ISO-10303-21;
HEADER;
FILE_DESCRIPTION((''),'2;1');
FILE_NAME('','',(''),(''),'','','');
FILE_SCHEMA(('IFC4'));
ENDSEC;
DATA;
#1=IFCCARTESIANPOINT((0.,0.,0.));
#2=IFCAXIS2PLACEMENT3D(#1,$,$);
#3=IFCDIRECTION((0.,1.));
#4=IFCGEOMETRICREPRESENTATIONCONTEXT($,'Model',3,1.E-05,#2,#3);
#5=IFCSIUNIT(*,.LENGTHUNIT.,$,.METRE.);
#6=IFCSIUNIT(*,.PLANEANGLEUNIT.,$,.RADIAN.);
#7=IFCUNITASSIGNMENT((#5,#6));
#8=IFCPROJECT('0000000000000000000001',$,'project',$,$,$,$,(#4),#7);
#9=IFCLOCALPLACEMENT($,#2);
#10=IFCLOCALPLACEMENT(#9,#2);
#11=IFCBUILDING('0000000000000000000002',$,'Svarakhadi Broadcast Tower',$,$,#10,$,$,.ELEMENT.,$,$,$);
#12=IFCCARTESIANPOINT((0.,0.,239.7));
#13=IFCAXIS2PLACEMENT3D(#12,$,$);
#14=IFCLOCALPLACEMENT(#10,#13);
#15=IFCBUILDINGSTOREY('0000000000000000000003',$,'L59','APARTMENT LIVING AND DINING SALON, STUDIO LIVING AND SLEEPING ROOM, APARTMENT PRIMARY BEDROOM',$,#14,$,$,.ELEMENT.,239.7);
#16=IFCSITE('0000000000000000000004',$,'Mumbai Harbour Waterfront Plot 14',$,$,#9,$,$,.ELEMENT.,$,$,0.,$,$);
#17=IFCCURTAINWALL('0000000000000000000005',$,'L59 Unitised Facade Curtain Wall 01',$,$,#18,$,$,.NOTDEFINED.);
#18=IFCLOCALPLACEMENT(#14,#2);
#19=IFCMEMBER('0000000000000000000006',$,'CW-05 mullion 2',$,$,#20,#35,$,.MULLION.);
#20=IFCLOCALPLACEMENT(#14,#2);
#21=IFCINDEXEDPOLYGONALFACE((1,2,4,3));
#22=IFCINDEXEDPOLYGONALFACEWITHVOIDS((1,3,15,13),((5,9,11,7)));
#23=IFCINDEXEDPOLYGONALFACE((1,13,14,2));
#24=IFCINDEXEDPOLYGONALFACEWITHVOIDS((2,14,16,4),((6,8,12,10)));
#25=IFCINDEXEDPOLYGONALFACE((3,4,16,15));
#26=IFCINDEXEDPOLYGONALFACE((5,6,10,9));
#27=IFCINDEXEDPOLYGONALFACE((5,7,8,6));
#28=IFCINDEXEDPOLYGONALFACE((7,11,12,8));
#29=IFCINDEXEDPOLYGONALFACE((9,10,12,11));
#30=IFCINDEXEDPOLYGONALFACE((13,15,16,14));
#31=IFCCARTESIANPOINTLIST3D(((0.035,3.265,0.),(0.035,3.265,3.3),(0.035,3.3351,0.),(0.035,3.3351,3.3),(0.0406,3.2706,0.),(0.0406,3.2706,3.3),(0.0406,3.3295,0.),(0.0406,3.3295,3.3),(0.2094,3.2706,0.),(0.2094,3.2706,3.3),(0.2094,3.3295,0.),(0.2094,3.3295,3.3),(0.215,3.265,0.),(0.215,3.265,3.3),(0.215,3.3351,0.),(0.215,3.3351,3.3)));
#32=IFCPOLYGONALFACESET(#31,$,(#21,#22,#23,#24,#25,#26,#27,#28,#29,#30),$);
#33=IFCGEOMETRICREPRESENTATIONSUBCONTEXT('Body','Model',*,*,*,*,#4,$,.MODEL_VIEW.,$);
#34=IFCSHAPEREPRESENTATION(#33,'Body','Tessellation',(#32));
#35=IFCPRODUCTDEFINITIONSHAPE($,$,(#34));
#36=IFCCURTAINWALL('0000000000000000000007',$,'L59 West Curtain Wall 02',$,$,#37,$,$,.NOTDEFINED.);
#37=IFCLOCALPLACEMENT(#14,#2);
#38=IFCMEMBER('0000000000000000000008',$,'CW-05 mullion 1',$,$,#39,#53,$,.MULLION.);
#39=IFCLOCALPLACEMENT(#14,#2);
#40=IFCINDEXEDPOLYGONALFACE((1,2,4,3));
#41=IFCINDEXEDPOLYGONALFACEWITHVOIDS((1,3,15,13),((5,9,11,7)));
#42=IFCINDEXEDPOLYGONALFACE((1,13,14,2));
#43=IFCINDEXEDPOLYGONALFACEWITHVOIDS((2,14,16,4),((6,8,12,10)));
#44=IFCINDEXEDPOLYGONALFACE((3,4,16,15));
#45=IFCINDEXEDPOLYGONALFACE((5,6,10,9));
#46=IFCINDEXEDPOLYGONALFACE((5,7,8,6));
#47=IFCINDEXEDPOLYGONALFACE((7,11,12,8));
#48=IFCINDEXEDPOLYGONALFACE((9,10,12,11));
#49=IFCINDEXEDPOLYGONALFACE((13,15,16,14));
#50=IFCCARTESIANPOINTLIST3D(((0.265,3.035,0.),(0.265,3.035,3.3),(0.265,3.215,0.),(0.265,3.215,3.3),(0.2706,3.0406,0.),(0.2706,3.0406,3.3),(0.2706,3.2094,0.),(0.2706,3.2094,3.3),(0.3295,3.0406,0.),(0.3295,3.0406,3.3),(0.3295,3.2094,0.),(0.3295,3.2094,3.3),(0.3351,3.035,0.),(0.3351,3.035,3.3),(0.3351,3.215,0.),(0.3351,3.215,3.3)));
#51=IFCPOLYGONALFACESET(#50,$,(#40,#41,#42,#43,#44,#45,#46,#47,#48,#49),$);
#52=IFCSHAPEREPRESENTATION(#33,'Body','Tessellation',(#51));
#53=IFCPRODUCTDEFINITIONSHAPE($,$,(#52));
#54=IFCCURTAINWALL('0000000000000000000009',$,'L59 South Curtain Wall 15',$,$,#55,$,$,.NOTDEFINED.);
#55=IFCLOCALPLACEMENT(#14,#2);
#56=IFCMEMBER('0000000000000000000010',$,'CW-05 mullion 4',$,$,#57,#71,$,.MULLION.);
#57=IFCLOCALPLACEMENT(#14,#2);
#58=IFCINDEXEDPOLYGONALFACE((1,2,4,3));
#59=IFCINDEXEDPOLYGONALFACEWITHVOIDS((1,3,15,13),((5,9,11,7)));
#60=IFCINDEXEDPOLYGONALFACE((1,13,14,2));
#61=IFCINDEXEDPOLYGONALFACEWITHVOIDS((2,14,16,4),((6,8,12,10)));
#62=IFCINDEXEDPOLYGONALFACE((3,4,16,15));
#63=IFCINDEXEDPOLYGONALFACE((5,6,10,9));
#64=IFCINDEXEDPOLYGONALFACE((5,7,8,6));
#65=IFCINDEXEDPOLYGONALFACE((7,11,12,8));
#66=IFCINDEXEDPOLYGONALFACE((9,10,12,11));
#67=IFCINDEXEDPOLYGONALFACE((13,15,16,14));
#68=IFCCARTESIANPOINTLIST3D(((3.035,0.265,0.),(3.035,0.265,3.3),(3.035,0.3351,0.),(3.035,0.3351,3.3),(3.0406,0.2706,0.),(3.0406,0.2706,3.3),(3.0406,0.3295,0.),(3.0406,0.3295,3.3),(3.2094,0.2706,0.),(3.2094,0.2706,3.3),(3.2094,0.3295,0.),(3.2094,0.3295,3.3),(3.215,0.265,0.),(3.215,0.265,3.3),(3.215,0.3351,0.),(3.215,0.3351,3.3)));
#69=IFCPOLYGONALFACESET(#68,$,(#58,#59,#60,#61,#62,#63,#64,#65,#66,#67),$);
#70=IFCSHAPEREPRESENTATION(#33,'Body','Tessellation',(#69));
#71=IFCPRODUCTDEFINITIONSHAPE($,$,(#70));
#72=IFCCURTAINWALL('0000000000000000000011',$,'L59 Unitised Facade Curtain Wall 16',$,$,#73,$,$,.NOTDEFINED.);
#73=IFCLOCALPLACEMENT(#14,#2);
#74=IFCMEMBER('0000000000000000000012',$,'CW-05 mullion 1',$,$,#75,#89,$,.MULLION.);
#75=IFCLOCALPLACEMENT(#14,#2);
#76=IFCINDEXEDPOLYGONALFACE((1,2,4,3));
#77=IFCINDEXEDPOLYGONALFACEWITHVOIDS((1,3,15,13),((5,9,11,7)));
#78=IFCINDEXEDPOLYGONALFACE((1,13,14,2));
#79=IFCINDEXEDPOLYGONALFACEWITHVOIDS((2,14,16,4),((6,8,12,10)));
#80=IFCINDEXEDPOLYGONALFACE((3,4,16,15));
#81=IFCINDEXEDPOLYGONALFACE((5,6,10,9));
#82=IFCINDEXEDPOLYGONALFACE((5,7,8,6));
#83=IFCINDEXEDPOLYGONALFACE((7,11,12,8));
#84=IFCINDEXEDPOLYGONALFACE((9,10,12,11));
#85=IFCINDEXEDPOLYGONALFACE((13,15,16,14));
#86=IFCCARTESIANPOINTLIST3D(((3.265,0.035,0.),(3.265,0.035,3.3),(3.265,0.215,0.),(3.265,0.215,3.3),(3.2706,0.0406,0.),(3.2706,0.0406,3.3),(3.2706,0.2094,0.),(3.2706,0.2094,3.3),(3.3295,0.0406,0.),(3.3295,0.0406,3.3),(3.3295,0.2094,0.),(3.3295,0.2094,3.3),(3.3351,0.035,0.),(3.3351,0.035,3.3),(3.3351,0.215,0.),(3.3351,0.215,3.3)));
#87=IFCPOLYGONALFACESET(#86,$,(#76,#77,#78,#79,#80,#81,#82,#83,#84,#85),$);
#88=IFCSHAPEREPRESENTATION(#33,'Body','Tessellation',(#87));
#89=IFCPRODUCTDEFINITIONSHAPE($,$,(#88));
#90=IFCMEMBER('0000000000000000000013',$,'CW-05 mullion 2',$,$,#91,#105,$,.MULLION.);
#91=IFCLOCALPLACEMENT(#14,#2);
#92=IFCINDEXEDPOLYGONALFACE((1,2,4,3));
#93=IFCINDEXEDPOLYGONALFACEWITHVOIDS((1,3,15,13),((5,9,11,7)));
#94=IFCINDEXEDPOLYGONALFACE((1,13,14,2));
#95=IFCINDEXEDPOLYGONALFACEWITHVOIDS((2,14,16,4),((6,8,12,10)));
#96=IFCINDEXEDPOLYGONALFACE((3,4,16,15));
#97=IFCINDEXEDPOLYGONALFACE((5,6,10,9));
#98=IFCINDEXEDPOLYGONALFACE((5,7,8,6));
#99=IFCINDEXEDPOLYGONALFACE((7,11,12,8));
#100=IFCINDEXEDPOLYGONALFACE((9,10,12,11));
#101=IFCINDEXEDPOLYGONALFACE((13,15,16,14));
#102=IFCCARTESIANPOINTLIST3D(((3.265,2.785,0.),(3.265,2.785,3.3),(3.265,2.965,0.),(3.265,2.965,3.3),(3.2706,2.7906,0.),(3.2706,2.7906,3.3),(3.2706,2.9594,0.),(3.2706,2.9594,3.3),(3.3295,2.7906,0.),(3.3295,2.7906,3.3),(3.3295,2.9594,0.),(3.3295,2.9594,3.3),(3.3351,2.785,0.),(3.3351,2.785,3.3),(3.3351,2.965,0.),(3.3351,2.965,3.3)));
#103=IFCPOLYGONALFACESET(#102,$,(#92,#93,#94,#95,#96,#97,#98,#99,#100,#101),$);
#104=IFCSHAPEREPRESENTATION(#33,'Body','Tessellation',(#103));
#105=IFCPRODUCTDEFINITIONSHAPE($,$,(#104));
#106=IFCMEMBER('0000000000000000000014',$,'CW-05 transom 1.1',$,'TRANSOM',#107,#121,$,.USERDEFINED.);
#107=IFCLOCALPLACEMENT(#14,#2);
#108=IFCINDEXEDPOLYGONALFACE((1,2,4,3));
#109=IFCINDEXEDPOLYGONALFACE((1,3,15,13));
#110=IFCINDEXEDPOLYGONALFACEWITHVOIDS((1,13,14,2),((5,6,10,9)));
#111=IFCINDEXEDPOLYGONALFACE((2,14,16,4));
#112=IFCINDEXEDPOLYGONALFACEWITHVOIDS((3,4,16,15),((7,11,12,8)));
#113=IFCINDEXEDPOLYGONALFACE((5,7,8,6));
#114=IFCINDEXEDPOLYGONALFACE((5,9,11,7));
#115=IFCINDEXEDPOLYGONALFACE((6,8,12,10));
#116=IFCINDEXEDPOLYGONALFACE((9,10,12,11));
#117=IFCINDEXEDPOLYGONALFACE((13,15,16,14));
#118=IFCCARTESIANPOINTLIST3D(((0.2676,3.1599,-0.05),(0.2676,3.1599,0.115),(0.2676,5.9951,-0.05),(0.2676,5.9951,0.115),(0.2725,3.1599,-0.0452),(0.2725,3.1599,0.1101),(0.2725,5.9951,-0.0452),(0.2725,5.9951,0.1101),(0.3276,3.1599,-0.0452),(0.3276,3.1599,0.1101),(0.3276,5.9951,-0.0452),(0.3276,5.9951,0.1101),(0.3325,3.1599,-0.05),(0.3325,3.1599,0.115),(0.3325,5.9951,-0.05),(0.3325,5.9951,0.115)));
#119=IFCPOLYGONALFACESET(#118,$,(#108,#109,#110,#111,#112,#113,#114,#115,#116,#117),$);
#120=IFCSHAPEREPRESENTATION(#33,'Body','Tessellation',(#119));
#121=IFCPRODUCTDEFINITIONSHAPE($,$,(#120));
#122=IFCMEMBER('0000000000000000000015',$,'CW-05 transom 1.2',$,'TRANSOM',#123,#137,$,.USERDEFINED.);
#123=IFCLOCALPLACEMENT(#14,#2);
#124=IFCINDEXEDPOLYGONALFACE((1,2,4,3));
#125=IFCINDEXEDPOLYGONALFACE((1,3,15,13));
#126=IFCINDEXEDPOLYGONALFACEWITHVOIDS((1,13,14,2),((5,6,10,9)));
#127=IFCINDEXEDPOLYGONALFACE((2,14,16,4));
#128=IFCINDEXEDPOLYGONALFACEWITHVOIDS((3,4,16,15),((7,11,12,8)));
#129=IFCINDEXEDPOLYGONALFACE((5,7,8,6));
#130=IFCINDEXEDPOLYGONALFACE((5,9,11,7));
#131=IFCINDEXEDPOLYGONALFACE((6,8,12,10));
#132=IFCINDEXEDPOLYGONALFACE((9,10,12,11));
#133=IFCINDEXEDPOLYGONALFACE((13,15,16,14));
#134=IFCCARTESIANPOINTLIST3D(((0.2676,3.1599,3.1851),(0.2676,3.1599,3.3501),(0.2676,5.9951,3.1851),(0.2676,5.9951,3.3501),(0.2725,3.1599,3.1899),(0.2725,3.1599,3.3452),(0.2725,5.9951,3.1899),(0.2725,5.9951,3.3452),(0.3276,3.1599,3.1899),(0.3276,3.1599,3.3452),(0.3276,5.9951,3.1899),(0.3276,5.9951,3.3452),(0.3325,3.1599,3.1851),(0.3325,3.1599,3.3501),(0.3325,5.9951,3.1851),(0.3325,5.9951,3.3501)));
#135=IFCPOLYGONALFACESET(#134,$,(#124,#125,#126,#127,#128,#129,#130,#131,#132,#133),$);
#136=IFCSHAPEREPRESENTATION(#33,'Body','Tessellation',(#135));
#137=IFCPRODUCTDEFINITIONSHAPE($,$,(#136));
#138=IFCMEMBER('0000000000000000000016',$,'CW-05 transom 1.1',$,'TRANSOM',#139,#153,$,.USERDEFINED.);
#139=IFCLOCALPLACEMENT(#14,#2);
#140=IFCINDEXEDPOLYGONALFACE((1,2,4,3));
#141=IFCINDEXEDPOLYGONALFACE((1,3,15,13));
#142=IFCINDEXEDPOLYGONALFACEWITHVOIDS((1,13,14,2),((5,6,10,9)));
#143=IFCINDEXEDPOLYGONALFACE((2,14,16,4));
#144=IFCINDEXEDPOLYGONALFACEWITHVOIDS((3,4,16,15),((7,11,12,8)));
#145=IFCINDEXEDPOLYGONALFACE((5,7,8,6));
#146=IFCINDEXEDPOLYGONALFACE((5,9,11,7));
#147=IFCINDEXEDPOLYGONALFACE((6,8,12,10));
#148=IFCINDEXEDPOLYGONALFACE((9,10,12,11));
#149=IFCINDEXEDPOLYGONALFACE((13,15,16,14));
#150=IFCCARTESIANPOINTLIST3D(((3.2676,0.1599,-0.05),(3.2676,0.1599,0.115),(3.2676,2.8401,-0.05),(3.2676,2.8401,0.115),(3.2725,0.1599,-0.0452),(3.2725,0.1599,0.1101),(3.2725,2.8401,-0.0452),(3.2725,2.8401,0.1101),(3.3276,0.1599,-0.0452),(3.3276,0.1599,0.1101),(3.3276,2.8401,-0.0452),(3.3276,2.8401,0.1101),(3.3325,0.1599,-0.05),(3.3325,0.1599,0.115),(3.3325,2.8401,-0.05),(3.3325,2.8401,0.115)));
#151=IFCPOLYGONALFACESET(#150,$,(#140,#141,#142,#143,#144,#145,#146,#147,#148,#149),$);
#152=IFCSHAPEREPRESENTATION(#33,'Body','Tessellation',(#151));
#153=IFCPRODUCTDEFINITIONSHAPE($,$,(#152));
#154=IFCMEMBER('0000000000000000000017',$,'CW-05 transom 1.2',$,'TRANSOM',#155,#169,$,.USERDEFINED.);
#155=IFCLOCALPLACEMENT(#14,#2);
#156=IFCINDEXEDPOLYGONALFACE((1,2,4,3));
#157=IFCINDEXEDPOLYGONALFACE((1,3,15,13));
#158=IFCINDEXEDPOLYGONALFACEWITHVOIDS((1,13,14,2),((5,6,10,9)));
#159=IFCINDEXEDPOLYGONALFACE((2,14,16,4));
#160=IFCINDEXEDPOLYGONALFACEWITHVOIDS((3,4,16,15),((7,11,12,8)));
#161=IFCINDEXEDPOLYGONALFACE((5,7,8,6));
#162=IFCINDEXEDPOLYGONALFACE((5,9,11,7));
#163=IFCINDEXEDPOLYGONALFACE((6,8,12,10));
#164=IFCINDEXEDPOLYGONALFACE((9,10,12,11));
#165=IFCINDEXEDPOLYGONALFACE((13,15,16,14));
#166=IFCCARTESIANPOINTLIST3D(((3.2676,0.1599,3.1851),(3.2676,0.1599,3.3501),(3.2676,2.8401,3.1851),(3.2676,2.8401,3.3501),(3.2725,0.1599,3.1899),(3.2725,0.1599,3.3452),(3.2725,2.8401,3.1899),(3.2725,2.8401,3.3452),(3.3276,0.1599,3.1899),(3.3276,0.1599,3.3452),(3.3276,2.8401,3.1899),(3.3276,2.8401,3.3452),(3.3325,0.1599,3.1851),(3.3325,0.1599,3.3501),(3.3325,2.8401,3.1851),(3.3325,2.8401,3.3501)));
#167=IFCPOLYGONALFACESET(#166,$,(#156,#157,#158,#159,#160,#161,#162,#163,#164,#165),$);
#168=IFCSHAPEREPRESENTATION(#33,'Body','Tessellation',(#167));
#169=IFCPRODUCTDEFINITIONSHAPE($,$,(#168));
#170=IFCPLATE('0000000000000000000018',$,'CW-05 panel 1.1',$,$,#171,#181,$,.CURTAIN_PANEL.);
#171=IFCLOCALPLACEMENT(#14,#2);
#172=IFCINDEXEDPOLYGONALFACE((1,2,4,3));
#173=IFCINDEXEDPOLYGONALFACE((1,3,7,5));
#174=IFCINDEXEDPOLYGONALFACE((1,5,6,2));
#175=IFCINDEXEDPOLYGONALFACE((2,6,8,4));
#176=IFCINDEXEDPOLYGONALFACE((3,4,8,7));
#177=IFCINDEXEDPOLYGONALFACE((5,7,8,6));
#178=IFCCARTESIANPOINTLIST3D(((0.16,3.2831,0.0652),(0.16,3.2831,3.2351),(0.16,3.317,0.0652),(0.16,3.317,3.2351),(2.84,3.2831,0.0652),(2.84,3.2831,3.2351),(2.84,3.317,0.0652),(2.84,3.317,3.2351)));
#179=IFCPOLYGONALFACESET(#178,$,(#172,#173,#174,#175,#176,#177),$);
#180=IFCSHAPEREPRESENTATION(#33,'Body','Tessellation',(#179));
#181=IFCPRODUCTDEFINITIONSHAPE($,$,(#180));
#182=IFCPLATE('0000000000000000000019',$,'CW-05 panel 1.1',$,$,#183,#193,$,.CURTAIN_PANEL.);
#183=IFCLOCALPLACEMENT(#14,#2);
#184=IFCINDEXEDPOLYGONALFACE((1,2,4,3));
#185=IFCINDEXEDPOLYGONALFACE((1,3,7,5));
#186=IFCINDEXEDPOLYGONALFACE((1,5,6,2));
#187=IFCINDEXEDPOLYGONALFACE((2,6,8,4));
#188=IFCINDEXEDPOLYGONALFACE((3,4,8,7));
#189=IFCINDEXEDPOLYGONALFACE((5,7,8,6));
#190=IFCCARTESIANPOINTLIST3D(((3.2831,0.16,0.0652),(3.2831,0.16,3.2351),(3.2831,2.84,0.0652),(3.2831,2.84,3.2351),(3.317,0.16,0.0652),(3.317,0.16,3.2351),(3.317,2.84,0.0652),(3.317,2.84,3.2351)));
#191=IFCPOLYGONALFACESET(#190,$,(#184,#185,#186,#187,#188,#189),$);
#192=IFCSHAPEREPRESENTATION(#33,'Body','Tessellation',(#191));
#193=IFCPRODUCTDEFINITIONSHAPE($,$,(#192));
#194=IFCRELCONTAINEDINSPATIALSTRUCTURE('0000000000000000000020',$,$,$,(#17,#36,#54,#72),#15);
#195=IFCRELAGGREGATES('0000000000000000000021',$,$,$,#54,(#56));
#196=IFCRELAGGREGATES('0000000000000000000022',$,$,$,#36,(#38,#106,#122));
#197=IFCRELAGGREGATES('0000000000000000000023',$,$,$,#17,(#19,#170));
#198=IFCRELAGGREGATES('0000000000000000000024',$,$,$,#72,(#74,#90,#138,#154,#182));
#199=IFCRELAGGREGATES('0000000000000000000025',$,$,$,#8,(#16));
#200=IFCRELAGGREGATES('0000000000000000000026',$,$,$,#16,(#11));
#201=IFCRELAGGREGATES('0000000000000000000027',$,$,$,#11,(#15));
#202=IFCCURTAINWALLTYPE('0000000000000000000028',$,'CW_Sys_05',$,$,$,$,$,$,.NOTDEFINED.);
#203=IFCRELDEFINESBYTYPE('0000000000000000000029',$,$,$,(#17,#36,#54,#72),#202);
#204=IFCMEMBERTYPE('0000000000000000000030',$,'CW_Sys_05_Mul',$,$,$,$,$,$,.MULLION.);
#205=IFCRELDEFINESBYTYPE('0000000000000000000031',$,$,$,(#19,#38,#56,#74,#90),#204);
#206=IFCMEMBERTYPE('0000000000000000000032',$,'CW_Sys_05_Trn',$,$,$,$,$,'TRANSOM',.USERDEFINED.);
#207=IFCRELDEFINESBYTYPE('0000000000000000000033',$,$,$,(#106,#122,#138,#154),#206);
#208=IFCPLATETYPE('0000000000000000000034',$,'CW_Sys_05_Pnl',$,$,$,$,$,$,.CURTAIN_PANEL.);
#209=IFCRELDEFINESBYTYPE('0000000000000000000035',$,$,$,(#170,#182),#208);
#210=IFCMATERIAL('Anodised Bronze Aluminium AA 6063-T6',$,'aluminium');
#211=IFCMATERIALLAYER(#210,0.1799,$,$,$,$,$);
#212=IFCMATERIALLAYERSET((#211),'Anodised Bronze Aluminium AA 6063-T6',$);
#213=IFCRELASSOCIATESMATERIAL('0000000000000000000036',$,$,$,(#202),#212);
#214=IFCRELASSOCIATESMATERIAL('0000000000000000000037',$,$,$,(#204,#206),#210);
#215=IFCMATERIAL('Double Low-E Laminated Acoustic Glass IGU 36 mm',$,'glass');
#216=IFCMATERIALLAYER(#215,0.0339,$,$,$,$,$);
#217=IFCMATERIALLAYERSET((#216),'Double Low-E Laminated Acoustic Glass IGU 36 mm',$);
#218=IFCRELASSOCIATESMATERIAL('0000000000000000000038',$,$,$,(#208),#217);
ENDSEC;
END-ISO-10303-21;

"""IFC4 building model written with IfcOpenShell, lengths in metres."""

from ifc_helpers import new_model, si_unit, direction, frame, origin, origin_2d, place, context, subcontext, project, spatial, rectangle, hollow_rectangle, extrude, material, layer, layer_set, material_profile, profile_set, type_object, element, aggregate, save


model = new_model("IFC4")

# Units and contexts
model_context = context("Model", 3, precision=1e-05, world=origin(), true_north=direction((0.0, 1.0)))
body_context = subcontext(model_context, "Body", "Model", "MODEL_VIEW")
ifc_project = project(units=[si_unit("LENGTHUNIT", "METRE"), si_unit("PLANEANGLEUNIT", "RADIAN")], contexts=[model_context])

# Site, building, storey
site_placement = place(None, origin())
site = spatial("IfcSite", under=ifc_project, at=site_placement, Name="Mumbai Harbour Waterfront Plot 14", CompositionType="ELEMENT", RefElevation=0.0)
building_placement = place(site_placement, origin())
building = spatial("IfcBuilding", under=site, at=building_placement, Name="Svarakhadi Broadcast Tower", CompositionType="ELEMENT")
storey_placement = place(building_placement, frame((0.0, 0.0, 239.7)))
storey = spatial("IfcBuildingStorey", under=building, at=storey_placement, Name="L59", Description="APARTMENT LIVING AND DINING SALON, STUDIO LIVING AND SLEEPING ROOM, APARTMENT PRIMARY BEDROOM", CompositionType="ELEMENT", Elevation=239.7)

# Curtain walls, members
ifc_material_1 = material(Name="Anodised Bronze Aluminium AA 6063-T6", Category="aluminium")
ifc_layer_1 = layer(ifc_material_1, 0.1799)
ifc_layer_set_1 = layer_set([ifc_layer_1], Name="Anodised Bronze Aluminium AA 6063-T6")
curtain_wall_type = type_object("IfcCurtainWallType", Name="CW_Sys_05", PredefinedType="NOTDEFINED", material=ifc_layer_set_1)
curtain_wall_1_placement = place(storey_placement, origin())
curtain_wall_1 = element("IfcCurtainWall", 1, at=curtain_wall_1_placement, inside=storey, type_object=curtain_wall_type, Name="L59 Unitised Facade Curtain Wall 01", PredefinedType="NOTDEFINED")
ifc_material_profile_1 = material_profile(ifc_material_1, hollow_rectangle(XDim=0.0701, YDim=0.1799, WallThickness=0.0056, at=origin_2d()), Name="ALU MULLION 180x70x6")
ifc_profile_set_1 = profile_set([ifc_material_profile_1], Name="Anodised Bronze Aluminium AA 6063-T6")
member_type_1 = type_object("IfcMemberType", Name="CW_Sys_05_Mul", PredefinedType="MULLION", material=ifc_profile_set_1)
member_1_placement = place(storey_placement, frame((0.125, 3.3, 0.0), z_axis=(0.0, 0.0, 1.0), x_axis=(0.0, -1.0, 0.0)))
member_1 = element("IfcMember", 2, at=member_1_placement, type_object=member_type_1, Name="CW-05 mullion 2", PredefinedType="MULLION", context=body_context, shape_type="SweptSolid", body=[
    extrude(hollow_rectangle(XDim=0.0701, YDim=0.1799, WallThickness=0.0056, at=origin_2d()), origin(), (0.0, 0.0, 1.0), 3.3),
])
curtain_wall_2_placement = place(storey_placement, origin())
curtain_wall_2 = element("IfcCurtainWall", 3, at=curtain_wall_2_placement, inside=storey, type_object=curtain_wall_type, Name="L59 West Curtain Wall 02", PredefinedType="NOTDEFINED")
member_2_placement = place(storey_placement, frame((0.3, 3.125, 0.0), z_axis=(0.0, 0.0, 1.0), x_axis=(-1.0, 0.0, 0.0)))
member_2 = element("IfcMember", 4, at=member_2_placement, type_object=member_type_1, Name="CW-05 mullion 1", PredefinedType="MULLION", context=body_context, shape_type="SweptSolid", body=[
    extrude(hollow_rectangle(XDim=0.0701, YDim=0.1799, WallThickness=0.0056, at=origin_2d()), origin(), (0.0, 0.0, 1.0), 3.3),
])
curtain_wall_3_placement = place(storey_placement, origin())
curtain_wall_3 = element("IfcCurtainWall", 5, at=curtain_wall_3_placement, inside=storey, type_object=curtain_wall_type, Name="L59 South Curtain Wall 15", PredefinedType="NOTDEFINED")
member_3_placement = place(storey_placement, frame((3.125, 0.3, 0.0), z_axis=(0.0, 0.0, 1.0), x_axis=(0.0, -1.0, 0.0)))
member_3 = element("IfcMember", 6, at=member_3_placement, type_object=member_type_1, Name="CW-05 mullion 4", PredefinedType="MULLION", context=body_context, shape_type="SweptSolid", body=[
    extrude(hollow_rectangle(XDim=0.0701, YDim=0.1799, WallThickness=0.0056, at=origin_2d()), origin(), (0.0, 0.0, 1.0), 3.3),
])
aggregate(curtain_wall_3, [member_3])

# Curtain wall, members
curtain_wall_4_placement = place(storey_placement, origin())
curtain_wall_4 = element("IfcCurtainWall", 7, at=curtain_wall_4_placement, inside=storey, type_object=curtain_wall_type, Name="L59 Unitised Facade Curtain Wall 16", PredefinedType="NOTDEFINED")
member_4_placement = place(storey_placement, frame((3.3, 0.125, 0.0), z_axis=(0.0, 0.0, 1.0), x_axis=(-1.0, 0.0, 0.0)))
member_4 = element("IfcMember", 8, at=member_4_placement, type_object=member_type_1, Name="CW-05 mullion 1", PredefinedType="MULLION", context=body_context, shape_type="SweptSolid", body=[
    extrude(hollow_rectangle(XDim=0.0701, YDim=0.1799, WallThickness=0.0056, at=origin_2d()), origin(), (0.0, 0.0, 1.0), 3.3),
])
member_5_placement = place(storey_placement, frame((3.3, 2.875, 0.0), z_axis=(0.0, 0.0, 1.0), x_axis=(-1.0, 0.0, 0.0)))
member_5 = element("IfcMember", 9, at=member_5_placement, type_object=member_type_1, Name="CW-05 mullion 2", PredefinedType="MULLION", context=body_context, shape_type="SweptSolid", body=[
    extrude(hollow_rectangle(XDim=0.0701, YDim=0.1799, WallThickness=0.0056, at=origin_2d()), origin(), (0.0, 0.0, 1.0), 3.3),
])

# Members
ifc_material_profile_2 = material_profile(ifc_material_1, hollow_rectangle(XDim=0.0649, YDim=0.165, WallThickness=0.0049, at=origin_2d()), Name="ALU TRANSOM 165x65x5")
ifc_profile_set_2 = profile_set([ifc_material_profile_2], Name="Anodised Bronze Aluminium AA 6063-T6")
member_type_2 = type_object("IfcMemberType", Name="CW_Sys_05_Trn", ElementType="TRANSOM", PredefinedType="USERDEFINED", material=ifc_profile_set_2)
member_6_placement = place(storey_placement, frame((0.3, 3.1599, 0.0325), z_axis=(0.0, 1.0, 0.0), x_axis=(-1.0, 0.0, 0.0)))
member_6 = element("IfcMember", 10, at=member_6_placement, type_object=member_type_2, Name="CW-05 transom 1.1", ObjectType="TRANSOM", PredefinedType="USERDEFINED", context=body_context, shape_type="SweptSolid", body=[
    extrude(hollow_rectangle(XDim=0.0649, YDim=0.165, WallThickness=0.0049, at=origin_2d()), origin(), (0.0, 0.0, 1.0), 2.8352),
])
member_7_placement = place(storey_placement, frame((0.3, 3.1599, 3.2676), z_axis=(0.0, 1.0, 0.0), x_axis=(-1.0, 0.0, 0.0)))
member_7 = element("IfcMember", 11, at=member_7_placement, type_object=member_type_2, Name="CW-05 transom 1.2", ObjectType="TRANSOM", PredefinedType="USERDEFINED", context=body_context, shape_type="SweptSolid", body=[
    extrude(hollow_rectangle(XDim=0.0649, YDim=0.165, WallThickness=0.0049, at=origin_2d()), origin(), (0.0, 0.0, 1.0), 2.8352),
])
aggregate(curtain_wall_2, [member_2, member_6, member_7])
member_8_placement = place(storey_placement, frame((3.3, 0.1599, 0.0325), z_axis=(0.0, 1.0, 0.0), x_axis=(-1.0, 0.0, 0.0)))
member_8 = element("IfcMember", 12, at=member_8_placement, type_object=member_type_2, Name="CW-05 transom 1.1", ObjectType="TRANSOM", PredefinedType="USERDEFINED", context=body_context, shape_type="SweptSolid", body=[
    extrude(hollow_rectangle(XDim=0.0649, YDim=0.165, WallThickness=0.0049, at=origin_2d()), origin(), (0.0, 0.0, 1.0), 2.6802),
])
member_9_placement = place(storey_placement, frame((3.3, 0.1599, 3.2676), z_axis=(0.0, 1.0, 0.0), x_axis=(-1.0, 0.0, 0.0)))
member_9 = element("IfcMember", 13, at=member_9_placement, type_object=member_type_2, Name="CW-05 transom 1.2", ObjectType="TRANSOM", PredefinedType="USERDEFINED", context=body_context, shape_type="SweptSolid", body=[
    extrude(hollow_rectangle(XDim=0.0649, YDim=0.165, WallThickness=0.0049, at=origin_2d()), origin(), (0.0, 0.0, 1.0), 2.6802),
])

# Plates
ifc_material_2 = material(Name="Double Low-E Laminated Acoustic Glass IGU 36 mm", Category="glass")
ifc_layer_2 = layer(ifc_material_2, 0.0339)
ifc_layer_set_2 = layer_set([ifc_layer_2], Name="Double Low-E Laminated Acoustic Glass IGU 36 mm")
plate_type = type_object("IfcPlateType", Name="CW_Sys_05_Pnl", PredefinedType="CURTAIN_PANEL", material=ifc_layer_set_2)
plate_1_placement = place(storey_placement, frame((1.5, 3.3, 0.0652), z_axis=(0.0, 0.0, 1.0), x_axis=(-1.0, 0.0, 0.0)))
plate_1 = element("IfcPlate", 14, at=plate_1_placement, type_object=plate_type, Name="CW-05 panel 1.1", PredefinedType="CURTAIN_PANEL", context=body_context, shape_type="SweptSolid", body=[
    extrude(rectangle(XDim=2.6799, YDim=0.0339, at=origin_2d()), origin(), (0.0, 0.0, 1.0), 3.1699),
])
aggregate(curtain_wall_1, [member_1, plate_1])
plate_2_placement = place(storey_placement, frame((3.3, 1.5, 0.0652), z_axis=(0.0, 0.0, 1.0), x_axis=(0.0, 1.0, 0.0)))
plate_2 = element("IfcPlate", 15, at=plate_2_placement, type_object=plate_type, Name="CW-05 panel 1.1", PredefinedType="CURTAIN_PANEL", context=body_context, shape_type="SweptSolid", body=[
    extrude(rectangle(XDim=2.6799, YDim=0.0339, at=origin_2d()), origin(), (0.0, 0.0, 1.0), 3.1699),
])
aggregate(curtain_wall_4, [member_4, member_5, member_8, member_9, plate_2])

save(model, "model.ifc")
